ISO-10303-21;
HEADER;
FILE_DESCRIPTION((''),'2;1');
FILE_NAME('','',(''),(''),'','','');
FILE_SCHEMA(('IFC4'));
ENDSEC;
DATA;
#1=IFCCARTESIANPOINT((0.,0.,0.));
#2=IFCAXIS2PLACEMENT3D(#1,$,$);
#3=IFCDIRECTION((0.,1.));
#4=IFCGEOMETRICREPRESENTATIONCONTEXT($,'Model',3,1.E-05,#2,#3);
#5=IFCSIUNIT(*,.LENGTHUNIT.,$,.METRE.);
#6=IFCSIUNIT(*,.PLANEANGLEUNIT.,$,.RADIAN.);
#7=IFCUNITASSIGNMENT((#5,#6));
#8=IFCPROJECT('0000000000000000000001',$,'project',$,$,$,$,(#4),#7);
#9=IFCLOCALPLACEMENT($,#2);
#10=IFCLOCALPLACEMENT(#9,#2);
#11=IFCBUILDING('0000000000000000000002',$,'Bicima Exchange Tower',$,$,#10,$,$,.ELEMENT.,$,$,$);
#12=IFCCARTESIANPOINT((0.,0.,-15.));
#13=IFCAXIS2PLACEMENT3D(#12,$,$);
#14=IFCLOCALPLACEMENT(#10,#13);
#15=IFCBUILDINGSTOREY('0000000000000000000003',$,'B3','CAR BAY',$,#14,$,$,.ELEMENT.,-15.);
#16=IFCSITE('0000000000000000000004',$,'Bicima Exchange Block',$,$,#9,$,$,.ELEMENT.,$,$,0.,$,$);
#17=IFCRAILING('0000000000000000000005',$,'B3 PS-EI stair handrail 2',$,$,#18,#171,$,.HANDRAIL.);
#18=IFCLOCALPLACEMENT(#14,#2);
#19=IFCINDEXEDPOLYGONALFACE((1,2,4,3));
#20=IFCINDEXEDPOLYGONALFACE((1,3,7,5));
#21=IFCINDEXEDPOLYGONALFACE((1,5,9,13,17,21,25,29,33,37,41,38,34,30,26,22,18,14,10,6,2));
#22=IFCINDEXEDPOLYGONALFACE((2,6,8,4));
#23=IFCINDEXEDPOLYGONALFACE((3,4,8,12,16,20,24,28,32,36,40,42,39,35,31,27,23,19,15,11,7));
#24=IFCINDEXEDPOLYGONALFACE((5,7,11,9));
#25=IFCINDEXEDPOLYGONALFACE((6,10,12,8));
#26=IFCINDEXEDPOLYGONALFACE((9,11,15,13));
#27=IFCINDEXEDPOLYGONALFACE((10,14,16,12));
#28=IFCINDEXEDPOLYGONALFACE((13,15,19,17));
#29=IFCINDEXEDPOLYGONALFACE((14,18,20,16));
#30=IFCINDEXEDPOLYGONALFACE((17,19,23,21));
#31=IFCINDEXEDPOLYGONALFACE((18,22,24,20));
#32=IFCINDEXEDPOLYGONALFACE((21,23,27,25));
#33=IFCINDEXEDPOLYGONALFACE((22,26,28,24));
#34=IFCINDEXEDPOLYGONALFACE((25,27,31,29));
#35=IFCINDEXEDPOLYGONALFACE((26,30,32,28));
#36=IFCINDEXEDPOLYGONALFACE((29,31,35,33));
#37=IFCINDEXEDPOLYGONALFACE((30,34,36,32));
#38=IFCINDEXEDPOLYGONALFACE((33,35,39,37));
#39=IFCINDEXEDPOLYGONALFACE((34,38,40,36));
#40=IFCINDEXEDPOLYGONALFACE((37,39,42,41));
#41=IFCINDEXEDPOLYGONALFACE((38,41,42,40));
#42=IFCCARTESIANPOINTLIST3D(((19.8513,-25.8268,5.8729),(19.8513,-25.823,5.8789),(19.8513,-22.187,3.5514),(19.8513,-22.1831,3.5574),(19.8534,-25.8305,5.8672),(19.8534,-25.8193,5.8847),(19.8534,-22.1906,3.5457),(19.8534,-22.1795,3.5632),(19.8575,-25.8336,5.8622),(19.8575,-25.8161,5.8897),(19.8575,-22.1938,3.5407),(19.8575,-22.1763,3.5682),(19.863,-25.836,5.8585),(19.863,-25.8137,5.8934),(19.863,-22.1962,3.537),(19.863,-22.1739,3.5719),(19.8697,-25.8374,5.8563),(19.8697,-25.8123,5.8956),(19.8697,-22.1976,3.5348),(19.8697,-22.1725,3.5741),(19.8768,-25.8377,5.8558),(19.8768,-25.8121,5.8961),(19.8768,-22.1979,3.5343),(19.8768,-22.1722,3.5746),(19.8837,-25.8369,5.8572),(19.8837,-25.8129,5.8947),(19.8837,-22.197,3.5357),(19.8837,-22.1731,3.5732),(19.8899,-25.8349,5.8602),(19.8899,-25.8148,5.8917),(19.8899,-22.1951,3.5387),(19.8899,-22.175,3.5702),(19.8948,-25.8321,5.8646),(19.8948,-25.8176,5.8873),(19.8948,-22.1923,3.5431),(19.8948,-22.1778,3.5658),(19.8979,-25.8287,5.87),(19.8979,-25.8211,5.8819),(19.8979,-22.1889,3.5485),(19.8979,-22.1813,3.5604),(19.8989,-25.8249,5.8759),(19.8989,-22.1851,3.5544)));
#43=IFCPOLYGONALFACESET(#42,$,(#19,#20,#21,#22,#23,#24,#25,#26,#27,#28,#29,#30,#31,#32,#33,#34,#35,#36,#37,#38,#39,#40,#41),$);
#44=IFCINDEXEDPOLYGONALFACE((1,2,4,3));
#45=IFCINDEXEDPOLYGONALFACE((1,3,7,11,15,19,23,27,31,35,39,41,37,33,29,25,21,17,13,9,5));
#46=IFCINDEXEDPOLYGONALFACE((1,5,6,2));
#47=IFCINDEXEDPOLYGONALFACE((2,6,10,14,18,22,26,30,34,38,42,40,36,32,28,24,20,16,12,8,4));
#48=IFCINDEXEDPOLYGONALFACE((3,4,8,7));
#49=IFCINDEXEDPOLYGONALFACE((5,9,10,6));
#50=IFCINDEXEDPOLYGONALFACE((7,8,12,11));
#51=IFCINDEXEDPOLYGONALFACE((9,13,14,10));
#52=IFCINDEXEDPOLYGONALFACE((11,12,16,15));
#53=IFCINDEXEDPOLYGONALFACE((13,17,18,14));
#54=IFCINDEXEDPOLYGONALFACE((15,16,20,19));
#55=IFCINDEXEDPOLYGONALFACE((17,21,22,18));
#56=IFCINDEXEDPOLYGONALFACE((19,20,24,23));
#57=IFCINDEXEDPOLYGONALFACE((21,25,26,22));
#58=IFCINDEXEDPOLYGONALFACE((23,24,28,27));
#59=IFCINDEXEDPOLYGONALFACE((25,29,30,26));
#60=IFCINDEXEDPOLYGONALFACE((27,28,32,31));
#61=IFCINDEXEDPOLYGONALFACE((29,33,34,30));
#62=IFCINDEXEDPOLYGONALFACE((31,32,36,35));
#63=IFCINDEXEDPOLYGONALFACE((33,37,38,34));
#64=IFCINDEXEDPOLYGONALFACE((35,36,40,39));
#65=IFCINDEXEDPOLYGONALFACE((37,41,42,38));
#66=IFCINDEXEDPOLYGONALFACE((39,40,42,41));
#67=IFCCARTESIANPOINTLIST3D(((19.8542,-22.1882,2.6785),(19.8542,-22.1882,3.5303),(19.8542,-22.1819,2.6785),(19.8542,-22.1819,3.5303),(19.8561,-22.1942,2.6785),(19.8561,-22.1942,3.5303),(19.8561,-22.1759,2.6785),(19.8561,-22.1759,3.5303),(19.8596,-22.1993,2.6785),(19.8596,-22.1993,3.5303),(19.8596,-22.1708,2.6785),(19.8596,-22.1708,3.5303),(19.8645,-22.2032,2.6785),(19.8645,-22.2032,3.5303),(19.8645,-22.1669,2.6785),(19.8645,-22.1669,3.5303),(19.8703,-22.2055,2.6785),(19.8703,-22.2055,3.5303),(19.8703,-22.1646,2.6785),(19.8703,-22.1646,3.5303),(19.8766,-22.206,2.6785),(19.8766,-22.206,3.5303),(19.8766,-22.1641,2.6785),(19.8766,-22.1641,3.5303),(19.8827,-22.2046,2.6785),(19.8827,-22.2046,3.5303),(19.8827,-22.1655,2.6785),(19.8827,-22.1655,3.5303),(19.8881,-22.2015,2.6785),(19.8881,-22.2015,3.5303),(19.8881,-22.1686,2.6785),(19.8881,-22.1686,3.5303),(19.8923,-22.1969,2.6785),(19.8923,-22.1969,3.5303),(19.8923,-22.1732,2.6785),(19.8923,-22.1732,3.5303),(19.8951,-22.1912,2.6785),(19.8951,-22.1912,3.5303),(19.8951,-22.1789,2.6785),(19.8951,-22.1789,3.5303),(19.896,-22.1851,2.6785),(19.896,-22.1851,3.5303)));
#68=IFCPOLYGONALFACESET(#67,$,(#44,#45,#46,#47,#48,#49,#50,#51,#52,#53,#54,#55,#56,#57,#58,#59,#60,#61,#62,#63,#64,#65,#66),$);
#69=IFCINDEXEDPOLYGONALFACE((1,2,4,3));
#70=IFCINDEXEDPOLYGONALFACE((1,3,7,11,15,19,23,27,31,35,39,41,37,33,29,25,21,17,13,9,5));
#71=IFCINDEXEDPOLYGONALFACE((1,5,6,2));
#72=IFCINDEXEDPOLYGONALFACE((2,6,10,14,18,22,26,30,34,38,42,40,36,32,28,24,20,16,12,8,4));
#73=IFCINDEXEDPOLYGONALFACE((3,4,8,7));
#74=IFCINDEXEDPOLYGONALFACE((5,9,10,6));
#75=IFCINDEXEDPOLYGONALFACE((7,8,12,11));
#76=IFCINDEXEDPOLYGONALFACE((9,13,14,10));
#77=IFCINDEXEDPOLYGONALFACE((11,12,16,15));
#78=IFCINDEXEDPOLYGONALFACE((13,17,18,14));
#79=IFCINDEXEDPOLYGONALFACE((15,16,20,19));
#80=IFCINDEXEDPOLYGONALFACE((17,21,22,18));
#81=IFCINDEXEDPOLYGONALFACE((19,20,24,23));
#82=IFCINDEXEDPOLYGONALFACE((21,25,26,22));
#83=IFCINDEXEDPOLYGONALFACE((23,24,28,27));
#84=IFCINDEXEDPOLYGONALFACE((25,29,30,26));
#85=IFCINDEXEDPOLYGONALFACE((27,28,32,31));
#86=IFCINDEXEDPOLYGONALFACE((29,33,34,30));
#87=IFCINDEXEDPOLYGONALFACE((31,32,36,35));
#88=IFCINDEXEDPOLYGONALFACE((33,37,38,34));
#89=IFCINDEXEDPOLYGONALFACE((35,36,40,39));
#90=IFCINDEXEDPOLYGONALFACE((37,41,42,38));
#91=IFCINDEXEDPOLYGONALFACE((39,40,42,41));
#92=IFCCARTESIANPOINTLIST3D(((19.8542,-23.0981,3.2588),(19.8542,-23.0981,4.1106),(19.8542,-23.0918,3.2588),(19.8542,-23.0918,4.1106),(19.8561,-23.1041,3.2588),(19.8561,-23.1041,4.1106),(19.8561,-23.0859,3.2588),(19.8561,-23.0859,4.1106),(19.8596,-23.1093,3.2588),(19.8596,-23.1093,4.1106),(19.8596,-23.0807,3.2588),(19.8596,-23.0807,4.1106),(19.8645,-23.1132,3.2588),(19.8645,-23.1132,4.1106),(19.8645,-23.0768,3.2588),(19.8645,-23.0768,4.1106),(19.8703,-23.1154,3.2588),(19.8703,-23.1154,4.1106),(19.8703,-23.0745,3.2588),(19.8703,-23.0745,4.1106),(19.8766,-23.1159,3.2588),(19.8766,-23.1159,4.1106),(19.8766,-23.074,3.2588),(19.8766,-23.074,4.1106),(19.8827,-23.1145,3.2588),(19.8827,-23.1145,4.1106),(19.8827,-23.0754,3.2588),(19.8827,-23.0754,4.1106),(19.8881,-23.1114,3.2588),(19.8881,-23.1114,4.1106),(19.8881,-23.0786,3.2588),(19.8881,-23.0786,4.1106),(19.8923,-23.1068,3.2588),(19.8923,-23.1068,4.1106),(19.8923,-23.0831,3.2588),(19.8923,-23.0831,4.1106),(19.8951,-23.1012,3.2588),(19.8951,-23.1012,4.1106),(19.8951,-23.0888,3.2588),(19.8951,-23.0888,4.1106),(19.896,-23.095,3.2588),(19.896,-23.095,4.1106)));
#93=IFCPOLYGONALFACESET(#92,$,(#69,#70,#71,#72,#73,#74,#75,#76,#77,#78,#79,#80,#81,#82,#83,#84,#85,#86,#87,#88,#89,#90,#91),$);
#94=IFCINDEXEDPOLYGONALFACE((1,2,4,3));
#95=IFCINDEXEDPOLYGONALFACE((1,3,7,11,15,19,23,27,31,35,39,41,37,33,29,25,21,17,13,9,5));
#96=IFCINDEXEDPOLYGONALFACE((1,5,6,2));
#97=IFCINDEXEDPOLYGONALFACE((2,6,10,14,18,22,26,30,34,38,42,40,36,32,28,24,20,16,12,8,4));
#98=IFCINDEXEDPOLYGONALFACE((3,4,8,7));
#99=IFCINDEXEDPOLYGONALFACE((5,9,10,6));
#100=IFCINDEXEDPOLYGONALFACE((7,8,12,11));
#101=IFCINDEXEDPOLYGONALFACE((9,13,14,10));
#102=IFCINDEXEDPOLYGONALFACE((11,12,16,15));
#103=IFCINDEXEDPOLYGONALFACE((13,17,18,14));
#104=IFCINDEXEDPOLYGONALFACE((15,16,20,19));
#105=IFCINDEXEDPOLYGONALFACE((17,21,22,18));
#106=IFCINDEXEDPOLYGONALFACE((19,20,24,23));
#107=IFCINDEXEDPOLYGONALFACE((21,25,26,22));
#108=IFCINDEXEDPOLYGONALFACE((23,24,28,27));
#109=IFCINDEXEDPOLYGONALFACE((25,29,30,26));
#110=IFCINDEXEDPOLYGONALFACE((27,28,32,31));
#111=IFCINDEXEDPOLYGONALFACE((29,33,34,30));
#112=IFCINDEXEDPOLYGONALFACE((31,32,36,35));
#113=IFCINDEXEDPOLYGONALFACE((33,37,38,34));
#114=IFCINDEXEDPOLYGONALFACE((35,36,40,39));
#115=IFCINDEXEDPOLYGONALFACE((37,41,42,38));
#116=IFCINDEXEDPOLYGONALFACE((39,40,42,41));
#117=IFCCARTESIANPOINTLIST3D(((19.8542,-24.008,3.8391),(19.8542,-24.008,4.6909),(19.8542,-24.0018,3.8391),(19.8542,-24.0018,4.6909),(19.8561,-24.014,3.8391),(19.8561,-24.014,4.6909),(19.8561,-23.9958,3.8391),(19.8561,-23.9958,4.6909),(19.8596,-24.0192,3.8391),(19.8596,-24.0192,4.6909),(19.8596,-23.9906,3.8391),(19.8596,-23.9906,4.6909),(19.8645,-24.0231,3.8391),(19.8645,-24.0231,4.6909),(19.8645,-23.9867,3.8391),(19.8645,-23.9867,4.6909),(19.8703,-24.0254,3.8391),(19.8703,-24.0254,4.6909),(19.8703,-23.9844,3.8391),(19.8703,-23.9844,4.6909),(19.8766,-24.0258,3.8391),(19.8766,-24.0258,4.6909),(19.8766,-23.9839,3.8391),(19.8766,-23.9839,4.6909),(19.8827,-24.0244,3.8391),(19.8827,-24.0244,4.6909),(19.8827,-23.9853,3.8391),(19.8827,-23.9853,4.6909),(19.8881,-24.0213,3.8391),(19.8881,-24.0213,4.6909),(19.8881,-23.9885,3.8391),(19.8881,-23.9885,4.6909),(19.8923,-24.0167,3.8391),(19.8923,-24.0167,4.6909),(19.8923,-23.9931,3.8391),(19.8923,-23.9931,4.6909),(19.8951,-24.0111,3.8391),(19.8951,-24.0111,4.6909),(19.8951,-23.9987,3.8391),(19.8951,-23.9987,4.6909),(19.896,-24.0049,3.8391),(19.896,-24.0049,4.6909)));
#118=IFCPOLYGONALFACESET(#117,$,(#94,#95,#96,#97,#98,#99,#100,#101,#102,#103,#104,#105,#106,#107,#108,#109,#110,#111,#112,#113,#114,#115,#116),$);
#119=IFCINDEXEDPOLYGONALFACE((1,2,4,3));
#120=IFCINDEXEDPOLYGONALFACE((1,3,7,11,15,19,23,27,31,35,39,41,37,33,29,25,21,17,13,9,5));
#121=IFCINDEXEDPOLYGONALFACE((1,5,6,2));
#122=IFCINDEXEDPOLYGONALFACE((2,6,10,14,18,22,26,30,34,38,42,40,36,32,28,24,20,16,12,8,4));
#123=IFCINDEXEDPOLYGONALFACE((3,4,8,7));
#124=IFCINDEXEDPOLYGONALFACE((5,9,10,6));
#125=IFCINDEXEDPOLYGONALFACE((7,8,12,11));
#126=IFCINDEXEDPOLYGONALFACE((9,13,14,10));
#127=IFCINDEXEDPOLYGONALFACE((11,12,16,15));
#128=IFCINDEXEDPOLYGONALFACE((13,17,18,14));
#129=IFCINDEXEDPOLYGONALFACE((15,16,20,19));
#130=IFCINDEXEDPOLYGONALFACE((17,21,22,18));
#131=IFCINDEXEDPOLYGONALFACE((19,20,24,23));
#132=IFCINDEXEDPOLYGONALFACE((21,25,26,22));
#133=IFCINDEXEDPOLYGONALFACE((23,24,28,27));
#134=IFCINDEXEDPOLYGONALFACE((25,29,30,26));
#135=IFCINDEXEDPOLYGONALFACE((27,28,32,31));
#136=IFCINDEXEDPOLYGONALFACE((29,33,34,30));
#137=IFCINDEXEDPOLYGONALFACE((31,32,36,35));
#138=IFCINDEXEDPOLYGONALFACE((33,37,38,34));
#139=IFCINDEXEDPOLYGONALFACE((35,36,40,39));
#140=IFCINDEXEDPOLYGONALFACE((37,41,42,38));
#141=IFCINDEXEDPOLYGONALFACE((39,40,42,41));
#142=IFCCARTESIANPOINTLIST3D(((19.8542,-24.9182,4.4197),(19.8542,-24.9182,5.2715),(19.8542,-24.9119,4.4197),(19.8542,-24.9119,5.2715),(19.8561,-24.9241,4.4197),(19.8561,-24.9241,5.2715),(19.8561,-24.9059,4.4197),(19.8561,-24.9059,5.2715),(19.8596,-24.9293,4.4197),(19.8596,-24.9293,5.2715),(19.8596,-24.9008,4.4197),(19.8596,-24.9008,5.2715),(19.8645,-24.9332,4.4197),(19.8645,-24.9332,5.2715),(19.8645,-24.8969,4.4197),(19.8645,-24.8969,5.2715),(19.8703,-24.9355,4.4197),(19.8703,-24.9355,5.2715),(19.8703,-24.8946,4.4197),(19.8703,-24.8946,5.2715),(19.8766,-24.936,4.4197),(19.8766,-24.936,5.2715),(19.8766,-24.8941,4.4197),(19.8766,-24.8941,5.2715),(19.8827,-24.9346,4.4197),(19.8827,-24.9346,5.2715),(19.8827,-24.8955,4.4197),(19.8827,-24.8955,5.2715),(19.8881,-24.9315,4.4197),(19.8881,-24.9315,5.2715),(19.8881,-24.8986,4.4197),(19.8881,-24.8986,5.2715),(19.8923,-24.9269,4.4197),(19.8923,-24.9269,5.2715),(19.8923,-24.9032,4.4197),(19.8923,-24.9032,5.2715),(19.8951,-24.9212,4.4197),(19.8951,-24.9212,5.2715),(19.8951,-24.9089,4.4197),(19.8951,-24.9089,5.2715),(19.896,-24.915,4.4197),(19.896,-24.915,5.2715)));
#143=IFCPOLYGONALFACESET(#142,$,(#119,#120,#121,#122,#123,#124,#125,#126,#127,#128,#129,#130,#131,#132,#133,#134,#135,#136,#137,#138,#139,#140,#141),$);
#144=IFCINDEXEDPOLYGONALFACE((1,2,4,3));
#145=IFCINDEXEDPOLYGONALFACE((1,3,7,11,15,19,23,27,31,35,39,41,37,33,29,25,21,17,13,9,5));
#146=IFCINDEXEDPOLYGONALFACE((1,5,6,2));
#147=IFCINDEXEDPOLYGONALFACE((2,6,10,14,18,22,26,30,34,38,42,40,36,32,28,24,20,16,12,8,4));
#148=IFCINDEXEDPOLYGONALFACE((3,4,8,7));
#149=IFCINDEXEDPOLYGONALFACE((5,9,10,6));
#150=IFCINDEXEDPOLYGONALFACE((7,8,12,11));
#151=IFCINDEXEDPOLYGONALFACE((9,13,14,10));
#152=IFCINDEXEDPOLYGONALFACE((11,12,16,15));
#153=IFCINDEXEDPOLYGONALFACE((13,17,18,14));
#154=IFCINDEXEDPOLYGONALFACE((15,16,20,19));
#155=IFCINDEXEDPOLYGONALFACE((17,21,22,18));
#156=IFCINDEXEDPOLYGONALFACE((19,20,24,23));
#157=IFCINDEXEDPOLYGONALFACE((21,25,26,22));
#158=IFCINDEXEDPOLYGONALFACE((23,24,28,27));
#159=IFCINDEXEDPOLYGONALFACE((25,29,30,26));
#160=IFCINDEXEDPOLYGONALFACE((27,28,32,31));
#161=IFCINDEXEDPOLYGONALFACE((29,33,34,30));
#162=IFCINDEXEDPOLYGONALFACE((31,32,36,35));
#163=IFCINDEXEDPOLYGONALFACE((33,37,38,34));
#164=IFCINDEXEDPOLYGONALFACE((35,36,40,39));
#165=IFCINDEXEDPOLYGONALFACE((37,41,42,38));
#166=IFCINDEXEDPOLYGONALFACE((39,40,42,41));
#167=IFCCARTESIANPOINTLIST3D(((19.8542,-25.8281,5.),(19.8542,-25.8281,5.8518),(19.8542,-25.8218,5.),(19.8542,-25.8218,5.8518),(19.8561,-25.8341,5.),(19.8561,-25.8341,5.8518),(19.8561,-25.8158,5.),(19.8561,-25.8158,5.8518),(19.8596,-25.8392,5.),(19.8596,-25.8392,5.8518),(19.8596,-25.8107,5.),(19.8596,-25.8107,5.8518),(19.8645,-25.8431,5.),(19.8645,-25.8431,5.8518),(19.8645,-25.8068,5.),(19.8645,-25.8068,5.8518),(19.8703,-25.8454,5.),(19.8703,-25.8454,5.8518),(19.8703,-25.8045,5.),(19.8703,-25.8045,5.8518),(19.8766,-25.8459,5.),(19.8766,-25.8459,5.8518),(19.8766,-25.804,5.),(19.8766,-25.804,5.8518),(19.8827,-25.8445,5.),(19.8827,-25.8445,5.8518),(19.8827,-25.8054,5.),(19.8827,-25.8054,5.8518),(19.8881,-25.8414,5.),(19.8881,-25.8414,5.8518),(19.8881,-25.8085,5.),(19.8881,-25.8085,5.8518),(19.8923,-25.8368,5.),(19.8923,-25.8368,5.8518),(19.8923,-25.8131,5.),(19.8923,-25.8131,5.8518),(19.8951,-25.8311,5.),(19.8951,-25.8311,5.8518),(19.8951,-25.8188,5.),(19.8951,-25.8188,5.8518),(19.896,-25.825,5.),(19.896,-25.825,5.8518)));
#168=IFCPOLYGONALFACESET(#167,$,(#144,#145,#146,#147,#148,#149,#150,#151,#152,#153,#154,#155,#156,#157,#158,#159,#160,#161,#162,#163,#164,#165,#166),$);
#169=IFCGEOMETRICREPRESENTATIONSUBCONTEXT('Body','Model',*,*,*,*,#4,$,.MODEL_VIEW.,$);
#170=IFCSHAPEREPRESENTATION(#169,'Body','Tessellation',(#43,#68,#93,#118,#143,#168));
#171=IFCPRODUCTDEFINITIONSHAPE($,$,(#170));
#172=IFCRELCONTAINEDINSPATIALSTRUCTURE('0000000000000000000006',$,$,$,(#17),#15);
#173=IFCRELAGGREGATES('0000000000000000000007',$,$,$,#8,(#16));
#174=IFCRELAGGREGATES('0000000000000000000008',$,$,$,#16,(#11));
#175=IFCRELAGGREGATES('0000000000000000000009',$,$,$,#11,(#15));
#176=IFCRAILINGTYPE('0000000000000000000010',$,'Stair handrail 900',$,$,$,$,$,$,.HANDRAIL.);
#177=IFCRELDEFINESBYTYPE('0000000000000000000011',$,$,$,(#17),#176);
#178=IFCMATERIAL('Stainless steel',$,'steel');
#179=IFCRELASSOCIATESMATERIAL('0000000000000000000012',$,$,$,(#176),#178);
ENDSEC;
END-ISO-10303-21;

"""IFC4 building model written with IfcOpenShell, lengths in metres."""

from ifc_helpers import new_model, si_unit, direction, frame, origin, origin_2d, place, context, subcontext, project, spatial, circle, extrude, material, type_object, element, save


model = new_model("IFC4")

# Units and contexts
model_context = context("Model", 3, precision=1e-05, world=origin(), true_north=direction((0.0, 1.0)))
body_context = subcontext(model_context, "Body", "Model", "MODEL_VIEW")
ifc_project = project(units=[si_unit("LENGTHUNIT", "METRE"), si_unit("PLANEANGLEUNIT", "RADIAN")], contexts=[model_context])

# Site, building, storey
site_placement = place(None, origin())
site = spatial("IfcSite", under=ifc_project, at=site_placement, Name="Bicima Exchange Block", CompositionType="ELEMENT", RefElevation=0.0)
building_placement = place(site_placement, origin())
building = spatial("IfcBuilding", under=site, at=building_placement, Name="Bicima Exchange Tower", CompositionType="ELEMENT")
storey_placement = place(building_placement, frame((0.0, 0.0, -15.0)))
storey = spatial("IfcBuildingStorey", under=building, at=storey_placement, Name="B3", Description="CAR BAY", CompositionType="ELEMENT", Elevation=-15.0)

# Railing
ifc_material_1 = material(Name="Stainless steel", Category="steel")
railing_type_1 = type_object("IfcRailingType", Name="Stair handrail 900", PredefinedType="HANDRAIL", material=ifc_material_1)
railing_1_placement = place(storey_placement, frame((19.875, -22.1851, 2.6785)))
element("IfcRailing", 1, at=railing_1_placement, inside=storey, type_object=railing_type_1, Name="B3 PS-EI stair handrail 2", PredefinedType="HANDRAIL", context=body_context, shape_type="SweptSolid", body=[
    extrude(circle(Radius=0.0239, at=origin_2d()), frame((0.0, 0.0, 0.876), z_axis=(0.0, -0.843112, 0.537739), x_axis=(1.0, 0.0, 0.0)), (0.0, 0.0, 1.0), 4.3171),
    extrude(circle(Radius=0.021, at=origin_2d()), origin(), (0.0, 0.0, 1.0), 0.8518),
    extrude(circle(Radius=0.021, at=origin_2d()), frame((0.0, -0.9099, 0.5803)), (0.0, 0.0, 1.0), 0.8518),
    extrude(circle(Radius=0.021, at=origin_2d()), frame((0.0, -1.8198, 1.1606)), (0.0, 0.0, 1.0), 0.8518),
    extrude(circle(Radius=0.021, at=origin_2d()), frame((0.0, -2.73, 1.7412)), (0.0, 0.0, 1.0), 0.8518),
    extrude(circle(Radius=0.021, at=origin_2d()), frame((0.0, -3.6399, 2.3215)), (0.0, 0.0, 1.0), 0.8518),
])

save(model, "model.ifc")
